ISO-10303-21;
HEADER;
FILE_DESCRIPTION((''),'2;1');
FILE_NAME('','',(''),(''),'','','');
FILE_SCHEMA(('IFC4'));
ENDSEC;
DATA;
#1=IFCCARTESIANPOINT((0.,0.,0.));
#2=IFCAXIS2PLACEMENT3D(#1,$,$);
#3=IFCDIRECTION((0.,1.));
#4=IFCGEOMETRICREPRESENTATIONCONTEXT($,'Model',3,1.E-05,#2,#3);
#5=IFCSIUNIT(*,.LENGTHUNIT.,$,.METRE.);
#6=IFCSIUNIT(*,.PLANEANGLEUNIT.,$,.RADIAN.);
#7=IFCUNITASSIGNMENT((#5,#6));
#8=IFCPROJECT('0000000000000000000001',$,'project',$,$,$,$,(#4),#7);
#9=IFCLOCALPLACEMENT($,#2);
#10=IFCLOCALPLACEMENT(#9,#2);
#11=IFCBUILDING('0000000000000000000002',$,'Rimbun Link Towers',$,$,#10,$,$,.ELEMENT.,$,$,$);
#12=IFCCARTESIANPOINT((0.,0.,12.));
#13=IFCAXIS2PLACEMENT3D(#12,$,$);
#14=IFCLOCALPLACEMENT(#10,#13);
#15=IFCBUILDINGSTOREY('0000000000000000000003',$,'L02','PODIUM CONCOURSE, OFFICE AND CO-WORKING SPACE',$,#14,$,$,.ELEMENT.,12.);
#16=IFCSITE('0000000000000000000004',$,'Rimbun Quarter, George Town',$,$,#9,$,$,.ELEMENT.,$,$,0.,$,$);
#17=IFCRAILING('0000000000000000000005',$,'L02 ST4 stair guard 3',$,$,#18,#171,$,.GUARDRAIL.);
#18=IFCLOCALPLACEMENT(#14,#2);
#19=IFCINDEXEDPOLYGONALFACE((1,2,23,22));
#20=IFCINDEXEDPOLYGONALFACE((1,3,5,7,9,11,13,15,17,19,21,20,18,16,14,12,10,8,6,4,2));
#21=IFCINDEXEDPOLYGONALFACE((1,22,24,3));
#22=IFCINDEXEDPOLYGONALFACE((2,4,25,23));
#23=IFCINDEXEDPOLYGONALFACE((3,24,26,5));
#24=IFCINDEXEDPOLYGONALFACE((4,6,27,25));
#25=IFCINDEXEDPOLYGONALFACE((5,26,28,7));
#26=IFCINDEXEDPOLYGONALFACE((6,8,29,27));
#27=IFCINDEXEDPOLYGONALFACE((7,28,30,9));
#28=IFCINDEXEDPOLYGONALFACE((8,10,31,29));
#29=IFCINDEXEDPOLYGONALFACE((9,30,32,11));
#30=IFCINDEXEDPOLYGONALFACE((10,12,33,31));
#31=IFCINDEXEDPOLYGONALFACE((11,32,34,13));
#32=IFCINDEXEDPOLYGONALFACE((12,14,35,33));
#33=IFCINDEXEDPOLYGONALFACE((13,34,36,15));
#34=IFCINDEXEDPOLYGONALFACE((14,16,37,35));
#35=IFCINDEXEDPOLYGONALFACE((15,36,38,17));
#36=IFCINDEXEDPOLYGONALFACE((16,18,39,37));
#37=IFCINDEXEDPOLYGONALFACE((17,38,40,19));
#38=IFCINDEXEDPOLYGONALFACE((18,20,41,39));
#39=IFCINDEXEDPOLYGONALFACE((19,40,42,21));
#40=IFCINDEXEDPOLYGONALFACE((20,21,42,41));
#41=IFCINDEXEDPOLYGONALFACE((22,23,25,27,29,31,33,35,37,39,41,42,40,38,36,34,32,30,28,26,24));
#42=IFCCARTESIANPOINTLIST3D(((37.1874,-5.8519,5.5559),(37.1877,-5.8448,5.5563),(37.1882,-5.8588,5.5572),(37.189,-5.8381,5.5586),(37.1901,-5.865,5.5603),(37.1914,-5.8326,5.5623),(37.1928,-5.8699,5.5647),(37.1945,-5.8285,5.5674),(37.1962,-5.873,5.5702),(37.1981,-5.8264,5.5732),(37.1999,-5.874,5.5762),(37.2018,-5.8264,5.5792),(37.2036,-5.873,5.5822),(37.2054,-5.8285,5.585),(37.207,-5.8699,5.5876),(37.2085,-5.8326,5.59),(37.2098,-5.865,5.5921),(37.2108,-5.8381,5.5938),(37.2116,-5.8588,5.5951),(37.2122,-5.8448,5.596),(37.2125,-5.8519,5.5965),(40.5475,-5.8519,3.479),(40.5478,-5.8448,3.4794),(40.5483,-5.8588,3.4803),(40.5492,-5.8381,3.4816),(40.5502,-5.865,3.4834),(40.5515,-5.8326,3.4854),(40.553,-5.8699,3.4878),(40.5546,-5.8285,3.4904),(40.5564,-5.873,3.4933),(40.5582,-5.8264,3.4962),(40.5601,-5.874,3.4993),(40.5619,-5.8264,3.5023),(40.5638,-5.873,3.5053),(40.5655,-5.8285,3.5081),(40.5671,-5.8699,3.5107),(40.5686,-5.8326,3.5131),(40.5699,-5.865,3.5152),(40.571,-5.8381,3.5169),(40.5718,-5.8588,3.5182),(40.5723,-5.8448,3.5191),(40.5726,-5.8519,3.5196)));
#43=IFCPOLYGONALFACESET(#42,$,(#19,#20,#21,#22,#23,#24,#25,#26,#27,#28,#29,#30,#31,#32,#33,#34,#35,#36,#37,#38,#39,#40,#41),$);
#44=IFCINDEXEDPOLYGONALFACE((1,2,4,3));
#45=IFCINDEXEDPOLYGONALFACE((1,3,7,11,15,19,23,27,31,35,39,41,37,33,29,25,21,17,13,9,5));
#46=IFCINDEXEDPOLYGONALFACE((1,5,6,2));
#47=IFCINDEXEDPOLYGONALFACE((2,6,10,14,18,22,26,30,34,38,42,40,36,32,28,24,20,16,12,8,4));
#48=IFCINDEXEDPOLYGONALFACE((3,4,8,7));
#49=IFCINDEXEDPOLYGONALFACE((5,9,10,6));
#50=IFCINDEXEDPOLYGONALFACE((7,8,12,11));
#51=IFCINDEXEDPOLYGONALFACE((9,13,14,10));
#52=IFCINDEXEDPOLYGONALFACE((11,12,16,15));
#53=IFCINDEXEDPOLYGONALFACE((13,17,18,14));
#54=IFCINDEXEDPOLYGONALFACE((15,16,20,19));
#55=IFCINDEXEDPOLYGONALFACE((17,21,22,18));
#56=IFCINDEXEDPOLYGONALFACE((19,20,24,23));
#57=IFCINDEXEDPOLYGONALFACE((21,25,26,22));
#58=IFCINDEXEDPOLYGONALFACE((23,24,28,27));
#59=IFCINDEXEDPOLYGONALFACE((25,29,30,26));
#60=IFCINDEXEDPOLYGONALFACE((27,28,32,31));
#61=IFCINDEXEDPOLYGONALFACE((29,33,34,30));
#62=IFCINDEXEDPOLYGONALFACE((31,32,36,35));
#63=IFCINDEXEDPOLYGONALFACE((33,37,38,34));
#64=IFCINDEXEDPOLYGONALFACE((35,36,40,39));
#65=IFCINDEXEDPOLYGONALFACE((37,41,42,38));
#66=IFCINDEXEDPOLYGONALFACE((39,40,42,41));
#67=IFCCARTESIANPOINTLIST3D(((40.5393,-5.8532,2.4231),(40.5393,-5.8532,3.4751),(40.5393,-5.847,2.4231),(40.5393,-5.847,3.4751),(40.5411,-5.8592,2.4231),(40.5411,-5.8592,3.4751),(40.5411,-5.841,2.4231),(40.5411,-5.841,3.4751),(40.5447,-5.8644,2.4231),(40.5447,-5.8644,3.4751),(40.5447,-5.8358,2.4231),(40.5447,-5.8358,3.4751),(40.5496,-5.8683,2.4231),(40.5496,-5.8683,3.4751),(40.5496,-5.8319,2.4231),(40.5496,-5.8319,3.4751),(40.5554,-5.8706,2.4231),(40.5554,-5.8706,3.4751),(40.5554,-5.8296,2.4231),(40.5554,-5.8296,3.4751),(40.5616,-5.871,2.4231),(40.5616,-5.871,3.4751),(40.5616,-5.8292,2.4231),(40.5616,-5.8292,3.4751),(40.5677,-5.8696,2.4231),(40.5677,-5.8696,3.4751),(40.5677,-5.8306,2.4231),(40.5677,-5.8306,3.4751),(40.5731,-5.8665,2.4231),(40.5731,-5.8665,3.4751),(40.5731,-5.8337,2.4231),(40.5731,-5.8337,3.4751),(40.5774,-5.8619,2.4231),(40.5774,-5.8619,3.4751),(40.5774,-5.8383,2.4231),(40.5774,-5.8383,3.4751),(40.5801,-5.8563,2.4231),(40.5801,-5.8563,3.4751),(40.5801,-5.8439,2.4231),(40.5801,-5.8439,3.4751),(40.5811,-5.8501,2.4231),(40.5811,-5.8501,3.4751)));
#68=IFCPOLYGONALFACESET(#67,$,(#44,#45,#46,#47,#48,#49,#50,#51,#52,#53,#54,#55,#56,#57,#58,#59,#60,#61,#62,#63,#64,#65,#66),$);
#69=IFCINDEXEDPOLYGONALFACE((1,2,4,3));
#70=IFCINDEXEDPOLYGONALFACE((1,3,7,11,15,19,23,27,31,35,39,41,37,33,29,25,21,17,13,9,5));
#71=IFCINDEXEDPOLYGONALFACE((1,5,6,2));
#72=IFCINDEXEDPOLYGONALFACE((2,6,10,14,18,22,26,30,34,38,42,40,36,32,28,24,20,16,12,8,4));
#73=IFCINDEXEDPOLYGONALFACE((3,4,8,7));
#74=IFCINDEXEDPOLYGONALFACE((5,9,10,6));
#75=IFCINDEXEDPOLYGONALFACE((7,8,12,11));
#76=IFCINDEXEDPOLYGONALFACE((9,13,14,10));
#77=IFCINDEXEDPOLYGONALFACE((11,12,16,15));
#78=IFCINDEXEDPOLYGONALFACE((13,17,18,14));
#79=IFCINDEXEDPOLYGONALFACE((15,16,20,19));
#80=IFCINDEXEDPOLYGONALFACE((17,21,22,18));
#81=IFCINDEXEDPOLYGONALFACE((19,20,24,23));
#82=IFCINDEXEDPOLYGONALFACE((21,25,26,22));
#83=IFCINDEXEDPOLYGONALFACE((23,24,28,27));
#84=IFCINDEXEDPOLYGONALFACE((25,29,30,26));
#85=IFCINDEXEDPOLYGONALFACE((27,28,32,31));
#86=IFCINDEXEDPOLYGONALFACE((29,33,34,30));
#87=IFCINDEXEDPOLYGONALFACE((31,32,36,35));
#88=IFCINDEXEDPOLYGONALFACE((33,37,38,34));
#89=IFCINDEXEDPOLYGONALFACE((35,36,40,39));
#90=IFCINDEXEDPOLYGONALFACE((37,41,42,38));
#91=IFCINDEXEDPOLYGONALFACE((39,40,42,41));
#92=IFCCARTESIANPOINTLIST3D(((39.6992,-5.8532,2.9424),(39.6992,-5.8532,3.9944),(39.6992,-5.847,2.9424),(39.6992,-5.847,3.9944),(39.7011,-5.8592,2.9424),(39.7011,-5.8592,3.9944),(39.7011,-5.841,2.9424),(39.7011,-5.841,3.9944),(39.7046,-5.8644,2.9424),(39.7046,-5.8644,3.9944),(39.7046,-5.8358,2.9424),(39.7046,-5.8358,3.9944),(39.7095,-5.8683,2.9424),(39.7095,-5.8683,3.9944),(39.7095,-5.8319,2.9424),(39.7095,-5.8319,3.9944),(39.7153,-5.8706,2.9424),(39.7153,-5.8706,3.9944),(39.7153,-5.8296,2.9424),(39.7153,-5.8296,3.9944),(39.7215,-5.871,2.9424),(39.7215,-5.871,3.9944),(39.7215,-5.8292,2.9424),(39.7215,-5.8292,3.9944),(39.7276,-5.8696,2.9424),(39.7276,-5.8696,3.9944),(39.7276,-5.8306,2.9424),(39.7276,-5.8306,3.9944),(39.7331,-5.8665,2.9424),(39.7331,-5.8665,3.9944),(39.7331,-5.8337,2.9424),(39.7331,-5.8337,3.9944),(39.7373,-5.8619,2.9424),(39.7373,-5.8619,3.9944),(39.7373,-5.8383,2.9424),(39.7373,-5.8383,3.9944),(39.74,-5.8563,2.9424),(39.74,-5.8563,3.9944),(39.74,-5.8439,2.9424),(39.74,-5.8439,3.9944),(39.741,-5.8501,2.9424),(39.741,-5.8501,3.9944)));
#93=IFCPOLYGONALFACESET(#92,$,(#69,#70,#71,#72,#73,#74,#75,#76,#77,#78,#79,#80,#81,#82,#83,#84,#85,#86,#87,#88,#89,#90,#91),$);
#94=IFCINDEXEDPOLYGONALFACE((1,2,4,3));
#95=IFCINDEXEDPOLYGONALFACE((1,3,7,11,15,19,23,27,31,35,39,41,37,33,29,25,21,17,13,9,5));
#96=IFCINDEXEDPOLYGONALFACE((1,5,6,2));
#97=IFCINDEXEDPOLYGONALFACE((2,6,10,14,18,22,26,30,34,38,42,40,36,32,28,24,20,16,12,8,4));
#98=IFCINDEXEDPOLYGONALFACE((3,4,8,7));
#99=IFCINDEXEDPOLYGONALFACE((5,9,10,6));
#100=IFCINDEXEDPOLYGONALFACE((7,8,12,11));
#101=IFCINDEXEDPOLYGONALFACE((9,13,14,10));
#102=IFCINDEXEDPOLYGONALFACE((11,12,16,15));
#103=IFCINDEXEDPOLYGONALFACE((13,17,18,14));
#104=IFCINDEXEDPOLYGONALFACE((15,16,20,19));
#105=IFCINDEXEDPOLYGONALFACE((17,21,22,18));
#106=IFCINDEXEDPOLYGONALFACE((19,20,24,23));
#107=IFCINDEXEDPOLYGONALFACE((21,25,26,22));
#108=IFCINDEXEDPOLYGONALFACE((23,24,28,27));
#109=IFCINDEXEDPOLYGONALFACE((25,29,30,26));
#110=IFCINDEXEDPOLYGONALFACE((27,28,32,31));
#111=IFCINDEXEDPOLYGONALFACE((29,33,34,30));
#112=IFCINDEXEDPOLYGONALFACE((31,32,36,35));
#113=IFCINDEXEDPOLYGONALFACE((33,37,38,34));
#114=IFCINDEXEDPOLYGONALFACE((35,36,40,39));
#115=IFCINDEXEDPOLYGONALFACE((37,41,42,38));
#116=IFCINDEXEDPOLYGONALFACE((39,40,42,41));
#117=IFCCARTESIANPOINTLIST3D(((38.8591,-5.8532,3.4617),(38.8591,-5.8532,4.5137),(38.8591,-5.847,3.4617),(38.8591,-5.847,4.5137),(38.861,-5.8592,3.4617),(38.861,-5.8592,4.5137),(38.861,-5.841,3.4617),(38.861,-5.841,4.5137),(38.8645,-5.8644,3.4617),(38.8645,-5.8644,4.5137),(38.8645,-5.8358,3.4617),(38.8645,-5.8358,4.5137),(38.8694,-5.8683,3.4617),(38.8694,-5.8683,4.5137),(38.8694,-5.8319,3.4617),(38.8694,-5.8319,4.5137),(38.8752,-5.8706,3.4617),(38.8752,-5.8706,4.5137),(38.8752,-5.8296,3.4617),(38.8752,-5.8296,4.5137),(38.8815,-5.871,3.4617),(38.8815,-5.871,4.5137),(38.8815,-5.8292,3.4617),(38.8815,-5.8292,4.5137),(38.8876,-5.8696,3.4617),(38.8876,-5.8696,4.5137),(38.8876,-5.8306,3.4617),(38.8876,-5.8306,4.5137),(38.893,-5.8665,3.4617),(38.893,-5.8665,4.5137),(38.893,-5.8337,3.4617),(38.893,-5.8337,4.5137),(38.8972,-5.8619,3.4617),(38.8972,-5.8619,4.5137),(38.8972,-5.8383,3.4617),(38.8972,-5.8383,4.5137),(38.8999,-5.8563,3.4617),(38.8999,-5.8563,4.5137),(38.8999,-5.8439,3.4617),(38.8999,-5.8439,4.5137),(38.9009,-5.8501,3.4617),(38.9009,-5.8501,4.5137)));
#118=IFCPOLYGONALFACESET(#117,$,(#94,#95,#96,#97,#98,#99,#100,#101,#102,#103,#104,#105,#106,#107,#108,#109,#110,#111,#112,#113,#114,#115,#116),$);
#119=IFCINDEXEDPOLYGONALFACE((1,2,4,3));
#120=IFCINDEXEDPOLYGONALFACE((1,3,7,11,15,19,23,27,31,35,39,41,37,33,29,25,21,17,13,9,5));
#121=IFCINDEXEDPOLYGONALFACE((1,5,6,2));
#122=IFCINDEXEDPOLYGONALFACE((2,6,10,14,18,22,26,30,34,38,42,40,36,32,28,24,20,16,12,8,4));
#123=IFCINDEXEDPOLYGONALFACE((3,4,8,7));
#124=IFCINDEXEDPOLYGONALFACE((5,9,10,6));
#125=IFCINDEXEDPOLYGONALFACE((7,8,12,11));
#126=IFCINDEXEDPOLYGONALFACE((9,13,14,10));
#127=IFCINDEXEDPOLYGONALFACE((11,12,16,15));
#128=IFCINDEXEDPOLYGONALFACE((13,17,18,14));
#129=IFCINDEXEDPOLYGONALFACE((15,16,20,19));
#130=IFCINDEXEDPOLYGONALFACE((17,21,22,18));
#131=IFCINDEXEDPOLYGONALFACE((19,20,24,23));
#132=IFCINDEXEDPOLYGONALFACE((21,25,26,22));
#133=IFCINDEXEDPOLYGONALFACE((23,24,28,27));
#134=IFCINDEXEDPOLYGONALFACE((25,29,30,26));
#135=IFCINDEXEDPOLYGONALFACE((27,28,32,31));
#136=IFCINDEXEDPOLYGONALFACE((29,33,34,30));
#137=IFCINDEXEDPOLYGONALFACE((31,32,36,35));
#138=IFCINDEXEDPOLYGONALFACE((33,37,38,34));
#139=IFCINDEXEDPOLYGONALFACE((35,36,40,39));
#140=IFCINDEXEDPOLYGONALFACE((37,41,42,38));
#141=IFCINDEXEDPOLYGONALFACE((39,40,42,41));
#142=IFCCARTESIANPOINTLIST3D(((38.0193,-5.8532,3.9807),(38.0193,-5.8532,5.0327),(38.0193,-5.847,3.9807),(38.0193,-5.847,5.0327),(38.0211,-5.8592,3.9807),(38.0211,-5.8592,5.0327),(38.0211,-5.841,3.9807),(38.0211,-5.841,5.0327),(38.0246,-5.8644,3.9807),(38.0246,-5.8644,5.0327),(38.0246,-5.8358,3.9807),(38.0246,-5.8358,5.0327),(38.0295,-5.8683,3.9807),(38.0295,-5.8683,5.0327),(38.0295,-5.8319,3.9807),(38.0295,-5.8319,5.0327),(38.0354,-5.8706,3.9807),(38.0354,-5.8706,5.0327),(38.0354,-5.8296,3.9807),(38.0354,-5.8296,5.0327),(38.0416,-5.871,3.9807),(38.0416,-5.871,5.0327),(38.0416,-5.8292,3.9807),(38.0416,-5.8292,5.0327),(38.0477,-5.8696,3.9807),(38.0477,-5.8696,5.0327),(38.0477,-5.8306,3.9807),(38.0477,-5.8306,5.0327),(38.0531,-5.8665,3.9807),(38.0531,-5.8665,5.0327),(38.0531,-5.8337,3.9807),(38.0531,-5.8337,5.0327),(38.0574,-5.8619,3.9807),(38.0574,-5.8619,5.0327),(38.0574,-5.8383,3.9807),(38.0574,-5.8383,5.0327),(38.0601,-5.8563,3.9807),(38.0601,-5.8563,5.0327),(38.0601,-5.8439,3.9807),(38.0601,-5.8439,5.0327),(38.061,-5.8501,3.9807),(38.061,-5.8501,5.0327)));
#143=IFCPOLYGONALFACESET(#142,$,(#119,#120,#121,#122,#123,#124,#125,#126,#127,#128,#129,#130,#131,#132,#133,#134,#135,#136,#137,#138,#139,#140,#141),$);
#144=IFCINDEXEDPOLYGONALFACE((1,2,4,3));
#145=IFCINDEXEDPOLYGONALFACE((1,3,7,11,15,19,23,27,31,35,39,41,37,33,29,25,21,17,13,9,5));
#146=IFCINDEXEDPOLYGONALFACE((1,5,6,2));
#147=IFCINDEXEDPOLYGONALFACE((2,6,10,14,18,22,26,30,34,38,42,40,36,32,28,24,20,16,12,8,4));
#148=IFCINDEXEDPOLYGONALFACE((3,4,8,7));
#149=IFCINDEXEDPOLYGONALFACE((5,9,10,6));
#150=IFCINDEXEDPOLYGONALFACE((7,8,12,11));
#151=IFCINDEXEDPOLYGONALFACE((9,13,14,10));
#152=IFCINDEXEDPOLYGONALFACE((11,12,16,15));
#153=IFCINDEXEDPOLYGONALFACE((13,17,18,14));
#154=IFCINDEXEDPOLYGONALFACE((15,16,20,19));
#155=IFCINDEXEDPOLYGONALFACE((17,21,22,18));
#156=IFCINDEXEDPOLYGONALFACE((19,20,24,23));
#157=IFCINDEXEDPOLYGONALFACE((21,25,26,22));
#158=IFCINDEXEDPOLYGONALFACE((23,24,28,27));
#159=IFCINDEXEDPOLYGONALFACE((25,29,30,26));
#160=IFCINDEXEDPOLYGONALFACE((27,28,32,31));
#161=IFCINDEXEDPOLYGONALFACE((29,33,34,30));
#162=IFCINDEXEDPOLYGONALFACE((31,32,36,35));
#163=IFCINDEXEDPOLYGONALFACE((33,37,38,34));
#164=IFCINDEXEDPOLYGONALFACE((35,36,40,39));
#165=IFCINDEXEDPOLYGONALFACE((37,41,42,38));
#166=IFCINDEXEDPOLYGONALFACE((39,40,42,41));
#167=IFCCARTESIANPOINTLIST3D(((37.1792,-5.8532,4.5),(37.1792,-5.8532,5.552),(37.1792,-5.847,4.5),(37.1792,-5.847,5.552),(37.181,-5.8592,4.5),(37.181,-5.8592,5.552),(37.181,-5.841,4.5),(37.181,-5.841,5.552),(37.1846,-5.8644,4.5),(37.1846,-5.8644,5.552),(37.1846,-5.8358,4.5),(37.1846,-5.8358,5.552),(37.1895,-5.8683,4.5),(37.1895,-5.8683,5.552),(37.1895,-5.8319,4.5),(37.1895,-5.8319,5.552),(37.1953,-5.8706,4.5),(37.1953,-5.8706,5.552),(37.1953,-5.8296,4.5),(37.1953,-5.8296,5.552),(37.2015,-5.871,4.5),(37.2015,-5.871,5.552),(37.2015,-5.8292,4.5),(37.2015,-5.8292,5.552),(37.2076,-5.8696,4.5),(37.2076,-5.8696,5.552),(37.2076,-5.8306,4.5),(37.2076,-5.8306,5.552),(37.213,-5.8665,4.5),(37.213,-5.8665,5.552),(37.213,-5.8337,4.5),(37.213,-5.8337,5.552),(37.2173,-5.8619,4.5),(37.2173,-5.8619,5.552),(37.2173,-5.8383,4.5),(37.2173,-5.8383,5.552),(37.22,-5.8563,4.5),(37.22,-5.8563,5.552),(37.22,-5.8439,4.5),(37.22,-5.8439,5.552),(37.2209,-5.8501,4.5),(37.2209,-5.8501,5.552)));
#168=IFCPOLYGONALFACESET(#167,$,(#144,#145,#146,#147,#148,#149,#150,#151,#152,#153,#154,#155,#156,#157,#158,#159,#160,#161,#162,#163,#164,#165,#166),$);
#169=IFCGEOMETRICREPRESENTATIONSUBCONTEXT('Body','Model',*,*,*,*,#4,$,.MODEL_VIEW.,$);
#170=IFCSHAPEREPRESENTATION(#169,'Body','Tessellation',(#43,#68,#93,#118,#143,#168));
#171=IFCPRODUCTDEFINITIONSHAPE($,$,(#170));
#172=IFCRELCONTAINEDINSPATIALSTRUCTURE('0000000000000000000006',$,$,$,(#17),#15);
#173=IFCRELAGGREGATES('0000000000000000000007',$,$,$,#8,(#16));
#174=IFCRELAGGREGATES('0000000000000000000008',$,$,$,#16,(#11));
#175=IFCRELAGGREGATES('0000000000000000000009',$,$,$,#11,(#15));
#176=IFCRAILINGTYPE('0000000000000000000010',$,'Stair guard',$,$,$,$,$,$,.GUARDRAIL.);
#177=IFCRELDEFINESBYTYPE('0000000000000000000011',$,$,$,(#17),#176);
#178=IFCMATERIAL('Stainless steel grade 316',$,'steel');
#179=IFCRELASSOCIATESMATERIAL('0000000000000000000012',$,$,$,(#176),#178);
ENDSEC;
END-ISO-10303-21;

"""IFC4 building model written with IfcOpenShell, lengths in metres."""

from ifc_helpers import new_model, si_unit, direction, frame, origin, origin_2d, place, context, subcontext, project, spatial, circle, extrude, material, type_object, element, save


model = new_model("IFC4")

# Units and contexts
model_context = context("Model", 3, precision=1e-05, world=origin(), true_north=direction((0.0, 1.0)))
body_context = subcontext(model_context, "Body", "Model", "MODEL_VIEW")
ifc_project = project(units=[si_unit("LENGTHUNIT", "METRE"), si_unit("PLANEANGLEUNIT", "RADIAN")], contexts=[model_context])

# Site, building, storey
site_placement = place(None, origin())
site = spatial("IfcSite", under=ifc_project, at=site_placement, Name="Rimbun Quarter, George Town", CompositionType="ELEMENT", RefElevation=0.0)
building_placement = place(site_placement, origin())
building = spatial("IfcBuilding", under=site, at=building_placement, Name="Rimbun Link Towers", CompositionType="ELEMENT")
storey_placement = place(building_placement, frame((0.0, 0.0, 12.0)))
storey = spatial("IfcBuildingStorey", under=building, at=storey_placement, Name="L02", Description="PODIUM CONCOURSE, OFFICE AND CO-WORKING SPACE", CompositionType="ELEMENT", Elevation=12.0)

# Railing
ifc_material_1 = material(Name="Stainless steel grade 316", Category="steel")
railing_type_1 = type_object("IfcRailingType", Name="Stair guard", PredefinedType="GUARDRAIL", material=ifc_material_1)
railing_1_placement = place(storey_placement, frame((40.5601, -5.8501, 2.4231)))
element("IfcRailing", 1, at=railing_1_placement, inside=storey, type_object=railing_type_1, Name="L02 ST4 stair guard 3", PredefinedType="GUARDRAIL", context=body_context, shape_type="SweptSolid", body=[
    extrude(circle(Radius=0.0239, at=origin_2d()), frame((0.0, 0.0, 1.0762), z_axis=(-0.850623, 0.0, 0.525776), x_axis=(0.0, -1.0, 0.0)), (0.0, 0.0, 1.0), 3.9502),
    extrude(circle(Radius=0.021, at=origin_2d()), origin(), (0.0, 0.0, 1.0), 1.052),
    extrude(circle(Radius=0.021, at=origin_2d()), frame((-0.8401, 0.0, 0.5193)), (0.0, 0.0, 1.0), 1.052),
    extrude(circle(Radius=0.021, at=origin_2d()), frame((-1.6802, 0.0, 1.0386)), (0.0, 0.0, 1.0), 1.052),
    extrude(circle(Radius=0.021, at=origin_2d()), frame((-2.52, 0.0, 1.5576)), (0.0, 0.0, 1.0), 1.052),
    extrude(circle(Radius=0.021, at=origin_2d()), frame((-3.3601, 0.0, 2.0769)), (0.0, 0.0, 1.0), 1.052),
])

save(model, "model.ifc")
